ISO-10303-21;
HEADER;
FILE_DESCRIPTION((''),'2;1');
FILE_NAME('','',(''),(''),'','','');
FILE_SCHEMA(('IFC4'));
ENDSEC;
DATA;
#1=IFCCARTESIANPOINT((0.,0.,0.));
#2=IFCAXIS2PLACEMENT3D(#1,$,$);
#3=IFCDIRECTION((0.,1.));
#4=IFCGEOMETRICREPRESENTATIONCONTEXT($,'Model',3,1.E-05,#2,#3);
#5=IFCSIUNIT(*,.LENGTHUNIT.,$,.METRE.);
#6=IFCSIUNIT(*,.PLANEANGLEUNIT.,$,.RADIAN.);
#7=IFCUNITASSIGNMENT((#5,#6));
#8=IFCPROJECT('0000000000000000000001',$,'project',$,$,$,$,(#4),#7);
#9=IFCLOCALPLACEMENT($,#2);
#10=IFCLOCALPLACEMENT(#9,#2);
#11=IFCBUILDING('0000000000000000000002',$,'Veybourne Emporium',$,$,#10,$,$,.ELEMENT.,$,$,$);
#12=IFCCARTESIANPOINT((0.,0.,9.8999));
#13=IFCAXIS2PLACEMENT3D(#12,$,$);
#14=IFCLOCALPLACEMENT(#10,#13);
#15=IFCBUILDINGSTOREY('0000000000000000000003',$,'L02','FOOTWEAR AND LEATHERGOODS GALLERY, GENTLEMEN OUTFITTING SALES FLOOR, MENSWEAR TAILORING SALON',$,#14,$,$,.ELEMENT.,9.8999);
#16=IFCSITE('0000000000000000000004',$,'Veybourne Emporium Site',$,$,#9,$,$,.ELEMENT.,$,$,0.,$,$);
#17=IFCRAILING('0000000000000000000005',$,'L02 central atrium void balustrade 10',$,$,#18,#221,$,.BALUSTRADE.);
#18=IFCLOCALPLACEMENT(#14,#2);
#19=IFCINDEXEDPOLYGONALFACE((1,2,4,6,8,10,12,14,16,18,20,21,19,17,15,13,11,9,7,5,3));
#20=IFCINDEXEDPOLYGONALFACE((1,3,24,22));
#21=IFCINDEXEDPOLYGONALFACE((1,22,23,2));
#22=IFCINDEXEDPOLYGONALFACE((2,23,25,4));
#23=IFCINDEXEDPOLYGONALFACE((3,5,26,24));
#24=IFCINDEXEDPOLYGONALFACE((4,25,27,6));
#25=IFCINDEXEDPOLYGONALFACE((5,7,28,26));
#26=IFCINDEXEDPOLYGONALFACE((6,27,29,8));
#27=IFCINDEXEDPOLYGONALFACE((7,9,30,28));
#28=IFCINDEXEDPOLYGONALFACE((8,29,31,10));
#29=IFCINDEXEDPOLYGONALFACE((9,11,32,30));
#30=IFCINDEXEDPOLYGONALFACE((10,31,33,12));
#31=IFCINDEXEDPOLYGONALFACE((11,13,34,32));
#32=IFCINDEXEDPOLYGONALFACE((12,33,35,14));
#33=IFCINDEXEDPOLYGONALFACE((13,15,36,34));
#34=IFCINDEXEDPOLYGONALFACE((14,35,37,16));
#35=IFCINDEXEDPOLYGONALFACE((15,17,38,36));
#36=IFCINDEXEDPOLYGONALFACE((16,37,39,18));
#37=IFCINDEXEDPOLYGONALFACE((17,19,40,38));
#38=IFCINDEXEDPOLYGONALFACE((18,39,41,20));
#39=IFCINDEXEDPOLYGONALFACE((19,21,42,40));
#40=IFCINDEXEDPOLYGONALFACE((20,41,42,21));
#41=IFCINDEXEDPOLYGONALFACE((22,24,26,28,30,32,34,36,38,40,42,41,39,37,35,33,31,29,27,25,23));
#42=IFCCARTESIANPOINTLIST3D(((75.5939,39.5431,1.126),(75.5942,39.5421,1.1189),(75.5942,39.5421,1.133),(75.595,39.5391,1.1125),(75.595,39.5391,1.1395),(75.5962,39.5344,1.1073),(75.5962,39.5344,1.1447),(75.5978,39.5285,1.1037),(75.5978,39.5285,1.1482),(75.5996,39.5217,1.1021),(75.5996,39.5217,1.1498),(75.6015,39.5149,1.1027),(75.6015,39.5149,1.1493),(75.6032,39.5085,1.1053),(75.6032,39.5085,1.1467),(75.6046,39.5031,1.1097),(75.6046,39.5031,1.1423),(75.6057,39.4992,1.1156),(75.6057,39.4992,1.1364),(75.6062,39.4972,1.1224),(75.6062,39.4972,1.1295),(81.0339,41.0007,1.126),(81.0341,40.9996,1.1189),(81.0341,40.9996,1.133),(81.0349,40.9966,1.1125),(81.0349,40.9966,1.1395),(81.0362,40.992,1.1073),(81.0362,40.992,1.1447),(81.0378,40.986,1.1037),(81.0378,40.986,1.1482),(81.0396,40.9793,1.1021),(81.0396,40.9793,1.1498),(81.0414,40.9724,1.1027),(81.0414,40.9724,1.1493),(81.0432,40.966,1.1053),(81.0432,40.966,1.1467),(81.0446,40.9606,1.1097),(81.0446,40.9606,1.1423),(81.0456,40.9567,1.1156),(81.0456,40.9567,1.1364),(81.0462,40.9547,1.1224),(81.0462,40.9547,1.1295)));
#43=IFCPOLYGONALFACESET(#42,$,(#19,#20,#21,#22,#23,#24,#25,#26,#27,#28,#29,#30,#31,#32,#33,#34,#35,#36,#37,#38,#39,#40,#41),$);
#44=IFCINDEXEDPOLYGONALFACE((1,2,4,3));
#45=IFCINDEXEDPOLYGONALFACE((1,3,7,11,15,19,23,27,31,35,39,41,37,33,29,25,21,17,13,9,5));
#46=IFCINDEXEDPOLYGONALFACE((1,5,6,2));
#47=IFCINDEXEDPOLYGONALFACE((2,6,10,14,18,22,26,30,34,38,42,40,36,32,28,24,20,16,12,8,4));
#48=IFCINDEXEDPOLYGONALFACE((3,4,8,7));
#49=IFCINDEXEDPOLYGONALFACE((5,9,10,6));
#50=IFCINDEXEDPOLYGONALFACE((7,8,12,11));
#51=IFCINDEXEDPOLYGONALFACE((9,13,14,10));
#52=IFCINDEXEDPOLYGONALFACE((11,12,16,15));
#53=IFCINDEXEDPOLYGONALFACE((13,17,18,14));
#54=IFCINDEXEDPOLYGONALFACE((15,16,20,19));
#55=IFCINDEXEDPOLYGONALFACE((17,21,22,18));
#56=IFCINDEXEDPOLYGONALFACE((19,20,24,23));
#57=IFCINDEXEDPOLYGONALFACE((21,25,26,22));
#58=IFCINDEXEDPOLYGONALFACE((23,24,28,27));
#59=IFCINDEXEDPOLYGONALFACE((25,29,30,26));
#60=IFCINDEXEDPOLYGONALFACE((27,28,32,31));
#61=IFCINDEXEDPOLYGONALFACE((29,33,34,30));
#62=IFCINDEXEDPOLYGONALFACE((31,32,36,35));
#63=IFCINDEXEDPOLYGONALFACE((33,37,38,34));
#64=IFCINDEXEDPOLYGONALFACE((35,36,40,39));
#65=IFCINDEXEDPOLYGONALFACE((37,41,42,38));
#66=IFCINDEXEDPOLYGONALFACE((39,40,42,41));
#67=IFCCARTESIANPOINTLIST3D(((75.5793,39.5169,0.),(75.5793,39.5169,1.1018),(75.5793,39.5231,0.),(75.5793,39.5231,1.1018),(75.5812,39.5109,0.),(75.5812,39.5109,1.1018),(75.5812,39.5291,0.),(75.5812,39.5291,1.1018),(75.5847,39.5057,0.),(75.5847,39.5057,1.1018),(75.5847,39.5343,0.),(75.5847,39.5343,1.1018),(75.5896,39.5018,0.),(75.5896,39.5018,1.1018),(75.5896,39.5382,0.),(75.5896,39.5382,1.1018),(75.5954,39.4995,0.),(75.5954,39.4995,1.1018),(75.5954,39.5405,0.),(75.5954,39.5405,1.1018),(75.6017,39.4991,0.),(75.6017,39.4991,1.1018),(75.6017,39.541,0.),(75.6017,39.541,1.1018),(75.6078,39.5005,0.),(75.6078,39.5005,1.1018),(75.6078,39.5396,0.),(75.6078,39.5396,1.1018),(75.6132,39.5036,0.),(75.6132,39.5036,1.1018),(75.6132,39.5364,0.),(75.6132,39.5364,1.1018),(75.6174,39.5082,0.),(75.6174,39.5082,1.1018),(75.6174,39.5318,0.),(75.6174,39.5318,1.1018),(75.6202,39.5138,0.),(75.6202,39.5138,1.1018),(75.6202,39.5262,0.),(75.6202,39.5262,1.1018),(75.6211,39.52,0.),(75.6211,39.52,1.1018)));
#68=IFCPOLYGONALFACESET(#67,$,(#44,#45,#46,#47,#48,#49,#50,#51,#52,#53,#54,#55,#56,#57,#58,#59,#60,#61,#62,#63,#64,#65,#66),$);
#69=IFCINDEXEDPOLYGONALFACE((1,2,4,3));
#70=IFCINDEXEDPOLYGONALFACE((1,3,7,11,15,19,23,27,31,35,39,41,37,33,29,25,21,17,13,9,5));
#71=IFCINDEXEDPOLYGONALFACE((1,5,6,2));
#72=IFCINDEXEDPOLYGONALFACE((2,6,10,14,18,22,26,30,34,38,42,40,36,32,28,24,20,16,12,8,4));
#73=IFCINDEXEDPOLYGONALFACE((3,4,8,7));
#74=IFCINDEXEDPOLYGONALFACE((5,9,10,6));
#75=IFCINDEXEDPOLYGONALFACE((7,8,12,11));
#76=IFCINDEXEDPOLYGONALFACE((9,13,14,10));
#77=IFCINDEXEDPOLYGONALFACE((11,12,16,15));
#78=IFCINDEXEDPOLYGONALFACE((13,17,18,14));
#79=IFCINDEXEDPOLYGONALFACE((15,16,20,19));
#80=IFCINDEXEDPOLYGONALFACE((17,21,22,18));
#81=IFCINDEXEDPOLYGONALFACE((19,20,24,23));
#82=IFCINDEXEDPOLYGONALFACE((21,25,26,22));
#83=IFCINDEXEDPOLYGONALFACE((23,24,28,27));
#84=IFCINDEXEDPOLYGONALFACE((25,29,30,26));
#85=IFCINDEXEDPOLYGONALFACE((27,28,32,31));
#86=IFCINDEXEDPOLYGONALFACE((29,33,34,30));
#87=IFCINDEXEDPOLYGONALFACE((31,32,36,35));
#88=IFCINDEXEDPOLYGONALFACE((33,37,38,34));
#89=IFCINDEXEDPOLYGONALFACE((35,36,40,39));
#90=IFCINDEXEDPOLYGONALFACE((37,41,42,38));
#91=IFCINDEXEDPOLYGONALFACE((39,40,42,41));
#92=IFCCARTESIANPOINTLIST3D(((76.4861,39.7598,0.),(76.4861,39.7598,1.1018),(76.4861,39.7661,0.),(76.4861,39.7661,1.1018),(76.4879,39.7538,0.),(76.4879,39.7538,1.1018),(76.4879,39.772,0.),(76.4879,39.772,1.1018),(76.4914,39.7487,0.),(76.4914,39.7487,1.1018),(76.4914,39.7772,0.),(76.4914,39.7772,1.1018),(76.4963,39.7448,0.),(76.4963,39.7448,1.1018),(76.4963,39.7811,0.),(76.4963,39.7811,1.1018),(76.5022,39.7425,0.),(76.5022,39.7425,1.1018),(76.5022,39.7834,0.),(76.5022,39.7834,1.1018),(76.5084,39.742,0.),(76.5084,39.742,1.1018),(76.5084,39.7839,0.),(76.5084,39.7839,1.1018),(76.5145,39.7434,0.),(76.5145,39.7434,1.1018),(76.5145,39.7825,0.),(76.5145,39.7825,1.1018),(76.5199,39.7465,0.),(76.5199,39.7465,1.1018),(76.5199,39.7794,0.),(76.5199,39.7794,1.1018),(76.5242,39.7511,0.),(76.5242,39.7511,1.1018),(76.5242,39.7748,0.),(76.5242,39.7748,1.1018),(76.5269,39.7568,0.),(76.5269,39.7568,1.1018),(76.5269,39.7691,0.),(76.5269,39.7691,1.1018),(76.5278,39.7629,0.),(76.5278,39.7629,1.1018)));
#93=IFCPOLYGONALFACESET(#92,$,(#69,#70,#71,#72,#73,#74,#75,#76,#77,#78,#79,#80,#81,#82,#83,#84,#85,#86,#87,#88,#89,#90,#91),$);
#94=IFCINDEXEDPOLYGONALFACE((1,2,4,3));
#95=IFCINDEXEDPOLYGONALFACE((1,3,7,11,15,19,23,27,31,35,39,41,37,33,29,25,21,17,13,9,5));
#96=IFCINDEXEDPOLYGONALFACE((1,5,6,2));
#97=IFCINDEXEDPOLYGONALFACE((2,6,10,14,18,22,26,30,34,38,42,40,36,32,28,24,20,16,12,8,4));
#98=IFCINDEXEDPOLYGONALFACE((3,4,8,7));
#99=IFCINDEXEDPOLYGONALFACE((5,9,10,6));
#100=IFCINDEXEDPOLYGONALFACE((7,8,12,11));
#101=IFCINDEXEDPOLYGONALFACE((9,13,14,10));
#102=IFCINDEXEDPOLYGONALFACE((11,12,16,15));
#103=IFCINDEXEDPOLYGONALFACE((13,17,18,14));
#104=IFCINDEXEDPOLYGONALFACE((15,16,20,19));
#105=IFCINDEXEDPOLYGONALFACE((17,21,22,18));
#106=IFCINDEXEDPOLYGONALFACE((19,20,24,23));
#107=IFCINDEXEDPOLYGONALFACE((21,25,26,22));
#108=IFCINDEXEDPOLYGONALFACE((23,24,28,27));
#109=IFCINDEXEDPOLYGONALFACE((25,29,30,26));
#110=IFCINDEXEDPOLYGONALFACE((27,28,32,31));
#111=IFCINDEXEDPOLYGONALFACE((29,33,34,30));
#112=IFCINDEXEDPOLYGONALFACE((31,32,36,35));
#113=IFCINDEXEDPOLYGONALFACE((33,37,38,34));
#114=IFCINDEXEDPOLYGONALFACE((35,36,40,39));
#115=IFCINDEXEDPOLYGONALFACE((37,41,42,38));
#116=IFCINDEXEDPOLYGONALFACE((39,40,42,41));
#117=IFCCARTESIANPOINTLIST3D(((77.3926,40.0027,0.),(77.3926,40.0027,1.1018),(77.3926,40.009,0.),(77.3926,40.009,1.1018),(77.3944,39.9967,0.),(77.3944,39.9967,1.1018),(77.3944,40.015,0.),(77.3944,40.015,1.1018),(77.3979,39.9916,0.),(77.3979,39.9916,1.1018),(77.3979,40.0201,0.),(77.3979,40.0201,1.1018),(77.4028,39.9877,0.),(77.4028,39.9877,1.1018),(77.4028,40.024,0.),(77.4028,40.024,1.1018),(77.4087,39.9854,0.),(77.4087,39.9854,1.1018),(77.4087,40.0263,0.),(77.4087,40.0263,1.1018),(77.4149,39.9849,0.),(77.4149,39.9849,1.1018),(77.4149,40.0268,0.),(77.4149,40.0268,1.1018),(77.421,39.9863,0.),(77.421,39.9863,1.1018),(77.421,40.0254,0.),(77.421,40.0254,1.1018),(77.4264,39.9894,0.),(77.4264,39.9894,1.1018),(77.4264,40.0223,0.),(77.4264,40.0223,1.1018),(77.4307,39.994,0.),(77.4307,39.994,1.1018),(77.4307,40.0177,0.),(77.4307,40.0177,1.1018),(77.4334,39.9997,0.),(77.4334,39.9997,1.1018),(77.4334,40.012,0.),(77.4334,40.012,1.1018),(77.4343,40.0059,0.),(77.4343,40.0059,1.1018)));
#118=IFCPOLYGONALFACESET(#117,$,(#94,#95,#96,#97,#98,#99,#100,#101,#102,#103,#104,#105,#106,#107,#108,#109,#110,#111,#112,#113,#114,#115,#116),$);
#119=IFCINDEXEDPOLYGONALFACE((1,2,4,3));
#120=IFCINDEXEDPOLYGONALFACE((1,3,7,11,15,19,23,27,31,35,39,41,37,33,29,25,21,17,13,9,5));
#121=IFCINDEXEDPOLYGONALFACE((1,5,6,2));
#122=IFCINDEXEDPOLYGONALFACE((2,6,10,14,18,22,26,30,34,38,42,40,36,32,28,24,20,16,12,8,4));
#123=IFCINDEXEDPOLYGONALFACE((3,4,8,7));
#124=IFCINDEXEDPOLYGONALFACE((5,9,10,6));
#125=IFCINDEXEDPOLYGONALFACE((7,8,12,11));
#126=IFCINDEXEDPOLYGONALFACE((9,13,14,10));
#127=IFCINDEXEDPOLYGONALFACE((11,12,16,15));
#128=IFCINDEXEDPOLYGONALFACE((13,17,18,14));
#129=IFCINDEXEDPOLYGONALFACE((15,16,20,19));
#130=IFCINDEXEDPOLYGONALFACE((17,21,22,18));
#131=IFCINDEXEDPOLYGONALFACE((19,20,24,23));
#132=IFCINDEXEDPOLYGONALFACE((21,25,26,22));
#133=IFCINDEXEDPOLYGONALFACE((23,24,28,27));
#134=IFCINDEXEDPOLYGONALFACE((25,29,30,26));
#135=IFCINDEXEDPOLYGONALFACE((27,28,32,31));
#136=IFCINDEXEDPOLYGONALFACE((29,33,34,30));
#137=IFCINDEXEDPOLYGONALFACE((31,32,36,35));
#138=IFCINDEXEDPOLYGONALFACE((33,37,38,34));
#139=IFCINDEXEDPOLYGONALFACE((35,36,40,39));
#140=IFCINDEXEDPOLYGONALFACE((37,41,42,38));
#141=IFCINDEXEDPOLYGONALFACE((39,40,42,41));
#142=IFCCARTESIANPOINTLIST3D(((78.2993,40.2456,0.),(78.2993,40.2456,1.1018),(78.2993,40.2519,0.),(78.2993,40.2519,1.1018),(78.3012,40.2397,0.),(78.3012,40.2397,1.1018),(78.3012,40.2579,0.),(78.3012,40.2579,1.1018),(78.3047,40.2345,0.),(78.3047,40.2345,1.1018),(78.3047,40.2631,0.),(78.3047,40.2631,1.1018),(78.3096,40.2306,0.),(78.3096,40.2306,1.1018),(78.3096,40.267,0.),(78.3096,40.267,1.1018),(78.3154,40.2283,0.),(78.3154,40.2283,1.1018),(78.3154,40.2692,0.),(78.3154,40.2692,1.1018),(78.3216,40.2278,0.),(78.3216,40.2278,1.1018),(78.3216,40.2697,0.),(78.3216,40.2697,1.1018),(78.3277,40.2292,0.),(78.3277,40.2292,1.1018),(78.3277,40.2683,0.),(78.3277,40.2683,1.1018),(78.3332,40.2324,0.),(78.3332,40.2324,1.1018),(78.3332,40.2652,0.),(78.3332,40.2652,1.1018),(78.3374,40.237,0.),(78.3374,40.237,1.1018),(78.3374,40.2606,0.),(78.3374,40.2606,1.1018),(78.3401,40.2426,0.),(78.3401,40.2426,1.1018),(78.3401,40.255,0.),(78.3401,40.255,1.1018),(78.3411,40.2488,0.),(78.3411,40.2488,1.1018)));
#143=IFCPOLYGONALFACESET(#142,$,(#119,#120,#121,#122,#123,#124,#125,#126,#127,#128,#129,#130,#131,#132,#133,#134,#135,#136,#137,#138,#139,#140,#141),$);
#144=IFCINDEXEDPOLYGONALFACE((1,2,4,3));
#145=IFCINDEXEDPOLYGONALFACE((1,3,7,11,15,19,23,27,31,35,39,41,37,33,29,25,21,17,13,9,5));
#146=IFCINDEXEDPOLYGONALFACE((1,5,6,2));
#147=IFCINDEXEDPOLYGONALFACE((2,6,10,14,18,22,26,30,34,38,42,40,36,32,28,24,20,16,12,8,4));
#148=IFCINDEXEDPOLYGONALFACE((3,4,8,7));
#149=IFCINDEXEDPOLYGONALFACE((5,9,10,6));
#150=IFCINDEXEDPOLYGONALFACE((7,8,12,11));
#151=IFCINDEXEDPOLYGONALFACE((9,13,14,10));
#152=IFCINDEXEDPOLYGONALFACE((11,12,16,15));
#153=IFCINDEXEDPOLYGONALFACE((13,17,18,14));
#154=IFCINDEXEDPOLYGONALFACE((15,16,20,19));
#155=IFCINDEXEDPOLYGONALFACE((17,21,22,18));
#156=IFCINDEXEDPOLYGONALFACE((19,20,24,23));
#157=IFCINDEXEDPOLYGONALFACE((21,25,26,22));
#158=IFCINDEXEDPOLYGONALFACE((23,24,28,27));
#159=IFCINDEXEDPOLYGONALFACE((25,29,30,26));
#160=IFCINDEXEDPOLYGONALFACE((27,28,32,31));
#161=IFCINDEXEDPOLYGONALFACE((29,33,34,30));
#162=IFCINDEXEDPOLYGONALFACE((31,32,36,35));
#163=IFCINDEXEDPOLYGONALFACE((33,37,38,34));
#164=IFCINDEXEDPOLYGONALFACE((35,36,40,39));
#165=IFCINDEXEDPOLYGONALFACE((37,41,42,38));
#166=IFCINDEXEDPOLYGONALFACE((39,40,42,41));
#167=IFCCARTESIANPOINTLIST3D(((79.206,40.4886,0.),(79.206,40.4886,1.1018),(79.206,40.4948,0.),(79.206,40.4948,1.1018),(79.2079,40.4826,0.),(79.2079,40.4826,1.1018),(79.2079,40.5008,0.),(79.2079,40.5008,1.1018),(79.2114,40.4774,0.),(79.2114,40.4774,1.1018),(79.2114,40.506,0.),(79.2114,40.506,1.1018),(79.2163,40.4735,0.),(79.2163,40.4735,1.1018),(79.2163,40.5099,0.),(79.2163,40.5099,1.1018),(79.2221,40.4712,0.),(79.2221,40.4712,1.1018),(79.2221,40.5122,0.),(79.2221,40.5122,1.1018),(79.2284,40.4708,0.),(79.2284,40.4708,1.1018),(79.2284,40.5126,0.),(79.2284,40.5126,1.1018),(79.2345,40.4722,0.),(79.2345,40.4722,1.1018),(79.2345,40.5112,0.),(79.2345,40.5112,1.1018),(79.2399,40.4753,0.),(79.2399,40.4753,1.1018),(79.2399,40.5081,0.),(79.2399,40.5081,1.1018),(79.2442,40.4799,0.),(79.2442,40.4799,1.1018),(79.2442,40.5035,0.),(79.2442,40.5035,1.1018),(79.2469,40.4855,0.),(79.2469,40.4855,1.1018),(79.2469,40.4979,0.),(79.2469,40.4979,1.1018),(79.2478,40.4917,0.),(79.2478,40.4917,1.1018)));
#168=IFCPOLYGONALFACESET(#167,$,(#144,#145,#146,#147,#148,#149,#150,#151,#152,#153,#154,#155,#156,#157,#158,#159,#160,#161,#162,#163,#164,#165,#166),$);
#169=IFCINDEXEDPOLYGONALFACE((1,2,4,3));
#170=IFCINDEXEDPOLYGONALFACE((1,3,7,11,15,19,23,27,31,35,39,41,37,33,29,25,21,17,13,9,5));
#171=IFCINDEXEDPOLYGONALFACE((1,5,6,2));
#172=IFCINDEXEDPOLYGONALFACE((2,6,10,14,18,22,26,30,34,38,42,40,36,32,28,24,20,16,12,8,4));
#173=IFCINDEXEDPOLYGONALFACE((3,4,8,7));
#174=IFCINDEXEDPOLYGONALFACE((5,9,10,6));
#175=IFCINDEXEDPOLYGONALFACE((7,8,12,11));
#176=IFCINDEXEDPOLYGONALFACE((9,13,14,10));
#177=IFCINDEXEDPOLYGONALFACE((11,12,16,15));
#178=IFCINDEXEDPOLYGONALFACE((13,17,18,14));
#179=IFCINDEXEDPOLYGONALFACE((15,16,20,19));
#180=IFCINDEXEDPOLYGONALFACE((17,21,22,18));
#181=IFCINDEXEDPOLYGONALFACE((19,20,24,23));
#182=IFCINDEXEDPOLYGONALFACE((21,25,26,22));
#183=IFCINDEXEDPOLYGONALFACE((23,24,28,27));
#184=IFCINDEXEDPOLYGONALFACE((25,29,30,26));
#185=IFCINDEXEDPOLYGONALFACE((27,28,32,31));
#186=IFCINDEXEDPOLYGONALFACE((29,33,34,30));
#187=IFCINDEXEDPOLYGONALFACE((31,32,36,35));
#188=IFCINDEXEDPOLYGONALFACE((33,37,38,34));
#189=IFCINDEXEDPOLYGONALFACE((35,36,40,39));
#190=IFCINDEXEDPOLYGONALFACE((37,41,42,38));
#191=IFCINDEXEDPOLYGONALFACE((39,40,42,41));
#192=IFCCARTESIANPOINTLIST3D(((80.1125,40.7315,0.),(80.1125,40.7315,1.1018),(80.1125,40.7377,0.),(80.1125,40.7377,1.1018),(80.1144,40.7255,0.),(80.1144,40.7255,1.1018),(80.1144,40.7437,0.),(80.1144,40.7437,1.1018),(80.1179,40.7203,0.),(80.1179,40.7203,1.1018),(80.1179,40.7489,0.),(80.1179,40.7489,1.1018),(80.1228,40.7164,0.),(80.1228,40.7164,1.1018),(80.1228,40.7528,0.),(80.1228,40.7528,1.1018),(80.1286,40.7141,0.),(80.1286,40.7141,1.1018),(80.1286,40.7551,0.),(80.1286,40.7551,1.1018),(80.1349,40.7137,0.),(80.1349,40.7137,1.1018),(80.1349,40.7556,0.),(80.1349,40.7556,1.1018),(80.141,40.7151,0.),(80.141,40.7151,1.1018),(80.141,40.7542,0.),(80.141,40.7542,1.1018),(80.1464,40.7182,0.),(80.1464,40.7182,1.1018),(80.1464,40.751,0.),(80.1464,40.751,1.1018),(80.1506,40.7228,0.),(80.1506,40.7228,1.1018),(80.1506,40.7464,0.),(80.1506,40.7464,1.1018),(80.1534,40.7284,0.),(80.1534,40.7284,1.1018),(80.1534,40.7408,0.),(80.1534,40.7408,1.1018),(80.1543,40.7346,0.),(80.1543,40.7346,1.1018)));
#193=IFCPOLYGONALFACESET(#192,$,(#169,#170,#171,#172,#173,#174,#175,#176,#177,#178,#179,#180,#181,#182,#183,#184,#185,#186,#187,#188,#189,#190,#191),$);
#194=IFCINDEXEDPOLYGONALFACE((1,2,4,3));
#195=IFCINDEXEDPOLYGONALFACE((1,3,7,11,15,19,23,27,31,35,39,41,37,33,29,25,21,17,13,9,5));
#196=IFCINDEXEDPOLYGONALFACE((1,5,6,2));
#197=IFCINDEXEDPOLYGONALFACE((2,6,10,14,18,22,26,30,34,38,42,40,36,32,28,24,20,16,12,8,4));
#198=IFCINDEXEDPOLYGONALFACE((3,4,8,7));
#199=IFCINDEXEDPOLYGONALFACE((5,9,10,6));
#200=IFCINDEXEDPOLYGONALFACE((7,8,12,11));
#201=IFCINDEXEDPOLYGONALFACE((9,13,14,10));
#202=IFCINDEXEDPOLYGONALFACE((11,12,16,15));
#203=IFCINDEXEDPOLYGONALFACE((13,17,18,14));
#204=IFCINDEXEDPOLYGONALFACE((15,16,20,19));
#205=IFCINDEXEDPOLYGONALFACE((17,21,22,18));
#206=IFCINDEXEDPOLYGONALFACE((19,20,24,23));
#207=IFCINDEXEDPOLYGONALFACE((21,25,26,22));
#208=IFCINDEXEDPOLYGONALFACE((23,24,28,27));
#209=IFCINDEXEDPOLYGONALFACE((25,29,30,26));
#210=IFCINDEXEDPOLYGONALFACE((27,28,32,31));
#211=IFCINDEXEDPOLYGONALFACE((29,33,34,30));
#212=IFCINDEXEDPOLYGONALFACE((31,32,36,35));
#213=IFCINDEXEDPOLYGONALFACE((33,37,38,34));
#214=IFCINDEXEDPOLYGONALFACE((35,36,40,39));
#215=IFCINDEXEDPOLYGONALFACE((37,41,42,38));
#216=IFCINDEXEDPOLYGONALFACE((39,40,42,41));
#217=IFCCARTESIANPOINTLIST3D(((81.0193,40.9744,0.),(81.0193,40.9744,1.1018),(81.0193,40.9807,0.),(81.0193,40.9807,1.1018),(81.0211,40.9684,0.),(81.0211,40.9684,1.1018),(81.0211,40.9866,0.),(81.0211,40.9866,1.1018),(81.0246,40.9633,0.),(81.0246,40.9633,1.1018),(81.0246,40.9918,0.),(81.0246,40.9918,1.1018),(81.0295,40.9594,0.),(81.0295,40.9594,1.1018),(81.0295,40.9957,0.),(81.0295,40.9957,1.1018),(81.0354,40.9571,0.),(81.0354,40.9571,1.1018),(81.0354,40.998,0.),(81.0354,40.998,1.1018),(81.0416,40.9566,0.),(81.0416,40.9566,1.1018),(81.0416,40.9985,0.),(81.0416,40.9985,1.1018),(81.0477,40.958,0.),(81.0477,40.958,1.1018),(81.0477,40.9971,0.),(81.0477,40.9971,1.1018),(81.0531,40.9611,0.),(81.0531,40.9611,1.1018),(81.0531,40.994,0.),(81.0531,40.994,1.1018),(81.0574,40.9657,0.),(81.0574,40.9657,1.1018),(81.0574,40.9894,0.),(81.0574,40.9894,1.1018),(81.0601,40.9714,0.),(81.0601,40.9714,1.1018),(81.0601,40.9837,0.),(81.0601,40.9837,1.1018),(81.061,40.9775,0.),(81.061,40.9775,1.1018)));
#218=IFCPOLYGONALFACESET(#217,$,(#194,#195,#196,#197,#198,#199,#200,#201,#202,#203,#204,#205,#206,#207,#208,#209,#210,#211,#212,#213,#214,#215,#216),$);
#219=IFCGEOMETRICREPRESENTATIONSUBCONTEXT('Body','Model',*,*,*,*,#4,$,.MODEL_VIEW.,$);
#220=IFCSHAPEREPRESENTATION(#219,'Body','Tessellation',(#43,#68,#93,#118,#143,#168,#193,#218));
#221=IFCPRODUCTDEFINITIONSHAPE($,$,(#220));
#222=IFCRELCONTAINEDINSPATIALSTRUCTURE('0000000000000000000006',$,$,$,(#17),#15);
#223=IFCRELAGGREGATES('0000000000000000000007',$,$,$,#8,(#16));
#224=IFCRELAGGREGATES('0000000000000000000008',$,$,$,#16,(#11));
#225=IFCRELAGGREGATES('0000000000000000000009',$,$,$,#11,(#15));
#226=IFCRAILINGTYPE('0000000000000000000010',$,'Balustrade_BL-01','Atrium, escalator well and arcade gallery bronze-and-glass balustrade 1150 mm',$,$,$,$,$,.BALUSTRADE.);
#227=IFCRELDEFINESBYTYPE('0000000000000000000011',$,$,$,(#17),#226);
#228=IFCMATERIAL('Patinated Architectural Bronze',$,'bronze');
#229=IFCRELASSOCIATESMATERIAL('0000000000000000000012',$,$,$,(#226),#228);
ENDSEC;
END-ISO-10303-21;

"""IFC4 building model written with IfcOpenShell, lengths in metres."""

from ifc_helpers import new_model, si_unit, direction, frame, origin, origin_2d, place, context, subcontext, project, spatial, circle, extrude, material, type_object, element, save


model = new_model("IFC4")

# Units and contexts
model_context = context("Model", 3, precision=1e-05, world=origin(), true_north=direction((0.0, 1.0)))
body_context = subcontext(model_context, "Body", "Model", "MODEL_VIEW")
ifc_project = project(units=[si_unit("LENGTHUNIT", "METRE"), si_unit("PLANEANGLEUNIT", "RADIAN")], contexts=[model_context])

# Site, building, storey
site_placement = place(None, origin())
site = spatial("IfcSite", under=ifc_project, at=site_placement, Name="Veybourne Emporium Site", CompositionType="ELEMENT", RefElevation=0.0)
building_placement = place(site_placement, origin())
building = spatial("IfcBuilding", under=site, at=building_placement, Name="Veybourne Emporium", CompositionType="ELEMENT")
storey_placement = place(building_placement, frame((0.0, 0.0, 9.8999)))
storey = spatial("IfcBuildingStorey", under=building, at=storey_placement, Name="L02", Description="FOOTWEAR AND LEATHERGOODS GALLERY, GENTLEMEN OUTFITTING SALES FLOOR, MENSWEAR TAILORING SALON", CompositionType="ELEMENT", Elevation=9.8999)

# Railing
ifc_material_1 = material(Name="Patinated Architectural Bronze", Category="bronze")
railing_type = type_object("IfcRailingType", Name="Balustrade_BL-01", Description="Atrium, escalator well and arcade gallery bronze-and-glass balustrade 1150 mm", PredefinedType="BALUSTRADE", material=ifc_material_1)
railing_1_placement = place(storey_placement, frame((75.6001, 39.52, 0.0)))
element("IfcRailing", 1, at=railing_1_placement, inside=storey, type_object=railing_type, Name="L02 central atrium void balustrade 10", PredefinedType="BALUSTRADE", context=body_context, shape_type="SweptSolid", body=[
    extrude(circle(Radius=0.0239, at=origin_2d()), frame((0.0, 0.0, 1.126), z_axis=(0.965931, 0.258801, 0.0), x_axis=(-0.258801, 0.965931, 0.0)), (0.0, 0.0, 1.0), 5.6318),
    extrude(circle(Radius=0.021, at=origin_2d()), origin(), (0.0, 0.0, 1.0), 1.1018),
    extrude(circle(Radius=0.021, at=origin_2d()), frame((0.9067, 0.2429, 0.0)), (0.0, 0.0, 1.0), 1.1018),
    extrude(circle(Radius=0.021, at=origin_2d()), frame((1.8132, 0.4858, 0.0)), (0.0, 0.0, 1.0), 1.1018),
    extrude(circle(Radius=0.021, at=origin_2d()), frame((2.72, 0.7288, 0.0)), (0.0, 0.0, 1.0), 1.1018),
    extrude(circle(Radius=0.021, at=origin_2d()), frame((3.6267, 0.9717, 0.0)), (0.0, 0.0, 1.0), 1.1018),
    extrude(circle(Radius=0.021, at=origin_2d()), frame((4.5332, 1.2146, 0.0)), (0.0, 0.0, 1.0), 1.1018),
    extrude(circle(Radius=0.021, at=origin_2d()), frame((5.4399, 1.4575, 0.0)), (0.0, 0.0, 1.0), 1.1018),
])

save(model, "model.ifc")
